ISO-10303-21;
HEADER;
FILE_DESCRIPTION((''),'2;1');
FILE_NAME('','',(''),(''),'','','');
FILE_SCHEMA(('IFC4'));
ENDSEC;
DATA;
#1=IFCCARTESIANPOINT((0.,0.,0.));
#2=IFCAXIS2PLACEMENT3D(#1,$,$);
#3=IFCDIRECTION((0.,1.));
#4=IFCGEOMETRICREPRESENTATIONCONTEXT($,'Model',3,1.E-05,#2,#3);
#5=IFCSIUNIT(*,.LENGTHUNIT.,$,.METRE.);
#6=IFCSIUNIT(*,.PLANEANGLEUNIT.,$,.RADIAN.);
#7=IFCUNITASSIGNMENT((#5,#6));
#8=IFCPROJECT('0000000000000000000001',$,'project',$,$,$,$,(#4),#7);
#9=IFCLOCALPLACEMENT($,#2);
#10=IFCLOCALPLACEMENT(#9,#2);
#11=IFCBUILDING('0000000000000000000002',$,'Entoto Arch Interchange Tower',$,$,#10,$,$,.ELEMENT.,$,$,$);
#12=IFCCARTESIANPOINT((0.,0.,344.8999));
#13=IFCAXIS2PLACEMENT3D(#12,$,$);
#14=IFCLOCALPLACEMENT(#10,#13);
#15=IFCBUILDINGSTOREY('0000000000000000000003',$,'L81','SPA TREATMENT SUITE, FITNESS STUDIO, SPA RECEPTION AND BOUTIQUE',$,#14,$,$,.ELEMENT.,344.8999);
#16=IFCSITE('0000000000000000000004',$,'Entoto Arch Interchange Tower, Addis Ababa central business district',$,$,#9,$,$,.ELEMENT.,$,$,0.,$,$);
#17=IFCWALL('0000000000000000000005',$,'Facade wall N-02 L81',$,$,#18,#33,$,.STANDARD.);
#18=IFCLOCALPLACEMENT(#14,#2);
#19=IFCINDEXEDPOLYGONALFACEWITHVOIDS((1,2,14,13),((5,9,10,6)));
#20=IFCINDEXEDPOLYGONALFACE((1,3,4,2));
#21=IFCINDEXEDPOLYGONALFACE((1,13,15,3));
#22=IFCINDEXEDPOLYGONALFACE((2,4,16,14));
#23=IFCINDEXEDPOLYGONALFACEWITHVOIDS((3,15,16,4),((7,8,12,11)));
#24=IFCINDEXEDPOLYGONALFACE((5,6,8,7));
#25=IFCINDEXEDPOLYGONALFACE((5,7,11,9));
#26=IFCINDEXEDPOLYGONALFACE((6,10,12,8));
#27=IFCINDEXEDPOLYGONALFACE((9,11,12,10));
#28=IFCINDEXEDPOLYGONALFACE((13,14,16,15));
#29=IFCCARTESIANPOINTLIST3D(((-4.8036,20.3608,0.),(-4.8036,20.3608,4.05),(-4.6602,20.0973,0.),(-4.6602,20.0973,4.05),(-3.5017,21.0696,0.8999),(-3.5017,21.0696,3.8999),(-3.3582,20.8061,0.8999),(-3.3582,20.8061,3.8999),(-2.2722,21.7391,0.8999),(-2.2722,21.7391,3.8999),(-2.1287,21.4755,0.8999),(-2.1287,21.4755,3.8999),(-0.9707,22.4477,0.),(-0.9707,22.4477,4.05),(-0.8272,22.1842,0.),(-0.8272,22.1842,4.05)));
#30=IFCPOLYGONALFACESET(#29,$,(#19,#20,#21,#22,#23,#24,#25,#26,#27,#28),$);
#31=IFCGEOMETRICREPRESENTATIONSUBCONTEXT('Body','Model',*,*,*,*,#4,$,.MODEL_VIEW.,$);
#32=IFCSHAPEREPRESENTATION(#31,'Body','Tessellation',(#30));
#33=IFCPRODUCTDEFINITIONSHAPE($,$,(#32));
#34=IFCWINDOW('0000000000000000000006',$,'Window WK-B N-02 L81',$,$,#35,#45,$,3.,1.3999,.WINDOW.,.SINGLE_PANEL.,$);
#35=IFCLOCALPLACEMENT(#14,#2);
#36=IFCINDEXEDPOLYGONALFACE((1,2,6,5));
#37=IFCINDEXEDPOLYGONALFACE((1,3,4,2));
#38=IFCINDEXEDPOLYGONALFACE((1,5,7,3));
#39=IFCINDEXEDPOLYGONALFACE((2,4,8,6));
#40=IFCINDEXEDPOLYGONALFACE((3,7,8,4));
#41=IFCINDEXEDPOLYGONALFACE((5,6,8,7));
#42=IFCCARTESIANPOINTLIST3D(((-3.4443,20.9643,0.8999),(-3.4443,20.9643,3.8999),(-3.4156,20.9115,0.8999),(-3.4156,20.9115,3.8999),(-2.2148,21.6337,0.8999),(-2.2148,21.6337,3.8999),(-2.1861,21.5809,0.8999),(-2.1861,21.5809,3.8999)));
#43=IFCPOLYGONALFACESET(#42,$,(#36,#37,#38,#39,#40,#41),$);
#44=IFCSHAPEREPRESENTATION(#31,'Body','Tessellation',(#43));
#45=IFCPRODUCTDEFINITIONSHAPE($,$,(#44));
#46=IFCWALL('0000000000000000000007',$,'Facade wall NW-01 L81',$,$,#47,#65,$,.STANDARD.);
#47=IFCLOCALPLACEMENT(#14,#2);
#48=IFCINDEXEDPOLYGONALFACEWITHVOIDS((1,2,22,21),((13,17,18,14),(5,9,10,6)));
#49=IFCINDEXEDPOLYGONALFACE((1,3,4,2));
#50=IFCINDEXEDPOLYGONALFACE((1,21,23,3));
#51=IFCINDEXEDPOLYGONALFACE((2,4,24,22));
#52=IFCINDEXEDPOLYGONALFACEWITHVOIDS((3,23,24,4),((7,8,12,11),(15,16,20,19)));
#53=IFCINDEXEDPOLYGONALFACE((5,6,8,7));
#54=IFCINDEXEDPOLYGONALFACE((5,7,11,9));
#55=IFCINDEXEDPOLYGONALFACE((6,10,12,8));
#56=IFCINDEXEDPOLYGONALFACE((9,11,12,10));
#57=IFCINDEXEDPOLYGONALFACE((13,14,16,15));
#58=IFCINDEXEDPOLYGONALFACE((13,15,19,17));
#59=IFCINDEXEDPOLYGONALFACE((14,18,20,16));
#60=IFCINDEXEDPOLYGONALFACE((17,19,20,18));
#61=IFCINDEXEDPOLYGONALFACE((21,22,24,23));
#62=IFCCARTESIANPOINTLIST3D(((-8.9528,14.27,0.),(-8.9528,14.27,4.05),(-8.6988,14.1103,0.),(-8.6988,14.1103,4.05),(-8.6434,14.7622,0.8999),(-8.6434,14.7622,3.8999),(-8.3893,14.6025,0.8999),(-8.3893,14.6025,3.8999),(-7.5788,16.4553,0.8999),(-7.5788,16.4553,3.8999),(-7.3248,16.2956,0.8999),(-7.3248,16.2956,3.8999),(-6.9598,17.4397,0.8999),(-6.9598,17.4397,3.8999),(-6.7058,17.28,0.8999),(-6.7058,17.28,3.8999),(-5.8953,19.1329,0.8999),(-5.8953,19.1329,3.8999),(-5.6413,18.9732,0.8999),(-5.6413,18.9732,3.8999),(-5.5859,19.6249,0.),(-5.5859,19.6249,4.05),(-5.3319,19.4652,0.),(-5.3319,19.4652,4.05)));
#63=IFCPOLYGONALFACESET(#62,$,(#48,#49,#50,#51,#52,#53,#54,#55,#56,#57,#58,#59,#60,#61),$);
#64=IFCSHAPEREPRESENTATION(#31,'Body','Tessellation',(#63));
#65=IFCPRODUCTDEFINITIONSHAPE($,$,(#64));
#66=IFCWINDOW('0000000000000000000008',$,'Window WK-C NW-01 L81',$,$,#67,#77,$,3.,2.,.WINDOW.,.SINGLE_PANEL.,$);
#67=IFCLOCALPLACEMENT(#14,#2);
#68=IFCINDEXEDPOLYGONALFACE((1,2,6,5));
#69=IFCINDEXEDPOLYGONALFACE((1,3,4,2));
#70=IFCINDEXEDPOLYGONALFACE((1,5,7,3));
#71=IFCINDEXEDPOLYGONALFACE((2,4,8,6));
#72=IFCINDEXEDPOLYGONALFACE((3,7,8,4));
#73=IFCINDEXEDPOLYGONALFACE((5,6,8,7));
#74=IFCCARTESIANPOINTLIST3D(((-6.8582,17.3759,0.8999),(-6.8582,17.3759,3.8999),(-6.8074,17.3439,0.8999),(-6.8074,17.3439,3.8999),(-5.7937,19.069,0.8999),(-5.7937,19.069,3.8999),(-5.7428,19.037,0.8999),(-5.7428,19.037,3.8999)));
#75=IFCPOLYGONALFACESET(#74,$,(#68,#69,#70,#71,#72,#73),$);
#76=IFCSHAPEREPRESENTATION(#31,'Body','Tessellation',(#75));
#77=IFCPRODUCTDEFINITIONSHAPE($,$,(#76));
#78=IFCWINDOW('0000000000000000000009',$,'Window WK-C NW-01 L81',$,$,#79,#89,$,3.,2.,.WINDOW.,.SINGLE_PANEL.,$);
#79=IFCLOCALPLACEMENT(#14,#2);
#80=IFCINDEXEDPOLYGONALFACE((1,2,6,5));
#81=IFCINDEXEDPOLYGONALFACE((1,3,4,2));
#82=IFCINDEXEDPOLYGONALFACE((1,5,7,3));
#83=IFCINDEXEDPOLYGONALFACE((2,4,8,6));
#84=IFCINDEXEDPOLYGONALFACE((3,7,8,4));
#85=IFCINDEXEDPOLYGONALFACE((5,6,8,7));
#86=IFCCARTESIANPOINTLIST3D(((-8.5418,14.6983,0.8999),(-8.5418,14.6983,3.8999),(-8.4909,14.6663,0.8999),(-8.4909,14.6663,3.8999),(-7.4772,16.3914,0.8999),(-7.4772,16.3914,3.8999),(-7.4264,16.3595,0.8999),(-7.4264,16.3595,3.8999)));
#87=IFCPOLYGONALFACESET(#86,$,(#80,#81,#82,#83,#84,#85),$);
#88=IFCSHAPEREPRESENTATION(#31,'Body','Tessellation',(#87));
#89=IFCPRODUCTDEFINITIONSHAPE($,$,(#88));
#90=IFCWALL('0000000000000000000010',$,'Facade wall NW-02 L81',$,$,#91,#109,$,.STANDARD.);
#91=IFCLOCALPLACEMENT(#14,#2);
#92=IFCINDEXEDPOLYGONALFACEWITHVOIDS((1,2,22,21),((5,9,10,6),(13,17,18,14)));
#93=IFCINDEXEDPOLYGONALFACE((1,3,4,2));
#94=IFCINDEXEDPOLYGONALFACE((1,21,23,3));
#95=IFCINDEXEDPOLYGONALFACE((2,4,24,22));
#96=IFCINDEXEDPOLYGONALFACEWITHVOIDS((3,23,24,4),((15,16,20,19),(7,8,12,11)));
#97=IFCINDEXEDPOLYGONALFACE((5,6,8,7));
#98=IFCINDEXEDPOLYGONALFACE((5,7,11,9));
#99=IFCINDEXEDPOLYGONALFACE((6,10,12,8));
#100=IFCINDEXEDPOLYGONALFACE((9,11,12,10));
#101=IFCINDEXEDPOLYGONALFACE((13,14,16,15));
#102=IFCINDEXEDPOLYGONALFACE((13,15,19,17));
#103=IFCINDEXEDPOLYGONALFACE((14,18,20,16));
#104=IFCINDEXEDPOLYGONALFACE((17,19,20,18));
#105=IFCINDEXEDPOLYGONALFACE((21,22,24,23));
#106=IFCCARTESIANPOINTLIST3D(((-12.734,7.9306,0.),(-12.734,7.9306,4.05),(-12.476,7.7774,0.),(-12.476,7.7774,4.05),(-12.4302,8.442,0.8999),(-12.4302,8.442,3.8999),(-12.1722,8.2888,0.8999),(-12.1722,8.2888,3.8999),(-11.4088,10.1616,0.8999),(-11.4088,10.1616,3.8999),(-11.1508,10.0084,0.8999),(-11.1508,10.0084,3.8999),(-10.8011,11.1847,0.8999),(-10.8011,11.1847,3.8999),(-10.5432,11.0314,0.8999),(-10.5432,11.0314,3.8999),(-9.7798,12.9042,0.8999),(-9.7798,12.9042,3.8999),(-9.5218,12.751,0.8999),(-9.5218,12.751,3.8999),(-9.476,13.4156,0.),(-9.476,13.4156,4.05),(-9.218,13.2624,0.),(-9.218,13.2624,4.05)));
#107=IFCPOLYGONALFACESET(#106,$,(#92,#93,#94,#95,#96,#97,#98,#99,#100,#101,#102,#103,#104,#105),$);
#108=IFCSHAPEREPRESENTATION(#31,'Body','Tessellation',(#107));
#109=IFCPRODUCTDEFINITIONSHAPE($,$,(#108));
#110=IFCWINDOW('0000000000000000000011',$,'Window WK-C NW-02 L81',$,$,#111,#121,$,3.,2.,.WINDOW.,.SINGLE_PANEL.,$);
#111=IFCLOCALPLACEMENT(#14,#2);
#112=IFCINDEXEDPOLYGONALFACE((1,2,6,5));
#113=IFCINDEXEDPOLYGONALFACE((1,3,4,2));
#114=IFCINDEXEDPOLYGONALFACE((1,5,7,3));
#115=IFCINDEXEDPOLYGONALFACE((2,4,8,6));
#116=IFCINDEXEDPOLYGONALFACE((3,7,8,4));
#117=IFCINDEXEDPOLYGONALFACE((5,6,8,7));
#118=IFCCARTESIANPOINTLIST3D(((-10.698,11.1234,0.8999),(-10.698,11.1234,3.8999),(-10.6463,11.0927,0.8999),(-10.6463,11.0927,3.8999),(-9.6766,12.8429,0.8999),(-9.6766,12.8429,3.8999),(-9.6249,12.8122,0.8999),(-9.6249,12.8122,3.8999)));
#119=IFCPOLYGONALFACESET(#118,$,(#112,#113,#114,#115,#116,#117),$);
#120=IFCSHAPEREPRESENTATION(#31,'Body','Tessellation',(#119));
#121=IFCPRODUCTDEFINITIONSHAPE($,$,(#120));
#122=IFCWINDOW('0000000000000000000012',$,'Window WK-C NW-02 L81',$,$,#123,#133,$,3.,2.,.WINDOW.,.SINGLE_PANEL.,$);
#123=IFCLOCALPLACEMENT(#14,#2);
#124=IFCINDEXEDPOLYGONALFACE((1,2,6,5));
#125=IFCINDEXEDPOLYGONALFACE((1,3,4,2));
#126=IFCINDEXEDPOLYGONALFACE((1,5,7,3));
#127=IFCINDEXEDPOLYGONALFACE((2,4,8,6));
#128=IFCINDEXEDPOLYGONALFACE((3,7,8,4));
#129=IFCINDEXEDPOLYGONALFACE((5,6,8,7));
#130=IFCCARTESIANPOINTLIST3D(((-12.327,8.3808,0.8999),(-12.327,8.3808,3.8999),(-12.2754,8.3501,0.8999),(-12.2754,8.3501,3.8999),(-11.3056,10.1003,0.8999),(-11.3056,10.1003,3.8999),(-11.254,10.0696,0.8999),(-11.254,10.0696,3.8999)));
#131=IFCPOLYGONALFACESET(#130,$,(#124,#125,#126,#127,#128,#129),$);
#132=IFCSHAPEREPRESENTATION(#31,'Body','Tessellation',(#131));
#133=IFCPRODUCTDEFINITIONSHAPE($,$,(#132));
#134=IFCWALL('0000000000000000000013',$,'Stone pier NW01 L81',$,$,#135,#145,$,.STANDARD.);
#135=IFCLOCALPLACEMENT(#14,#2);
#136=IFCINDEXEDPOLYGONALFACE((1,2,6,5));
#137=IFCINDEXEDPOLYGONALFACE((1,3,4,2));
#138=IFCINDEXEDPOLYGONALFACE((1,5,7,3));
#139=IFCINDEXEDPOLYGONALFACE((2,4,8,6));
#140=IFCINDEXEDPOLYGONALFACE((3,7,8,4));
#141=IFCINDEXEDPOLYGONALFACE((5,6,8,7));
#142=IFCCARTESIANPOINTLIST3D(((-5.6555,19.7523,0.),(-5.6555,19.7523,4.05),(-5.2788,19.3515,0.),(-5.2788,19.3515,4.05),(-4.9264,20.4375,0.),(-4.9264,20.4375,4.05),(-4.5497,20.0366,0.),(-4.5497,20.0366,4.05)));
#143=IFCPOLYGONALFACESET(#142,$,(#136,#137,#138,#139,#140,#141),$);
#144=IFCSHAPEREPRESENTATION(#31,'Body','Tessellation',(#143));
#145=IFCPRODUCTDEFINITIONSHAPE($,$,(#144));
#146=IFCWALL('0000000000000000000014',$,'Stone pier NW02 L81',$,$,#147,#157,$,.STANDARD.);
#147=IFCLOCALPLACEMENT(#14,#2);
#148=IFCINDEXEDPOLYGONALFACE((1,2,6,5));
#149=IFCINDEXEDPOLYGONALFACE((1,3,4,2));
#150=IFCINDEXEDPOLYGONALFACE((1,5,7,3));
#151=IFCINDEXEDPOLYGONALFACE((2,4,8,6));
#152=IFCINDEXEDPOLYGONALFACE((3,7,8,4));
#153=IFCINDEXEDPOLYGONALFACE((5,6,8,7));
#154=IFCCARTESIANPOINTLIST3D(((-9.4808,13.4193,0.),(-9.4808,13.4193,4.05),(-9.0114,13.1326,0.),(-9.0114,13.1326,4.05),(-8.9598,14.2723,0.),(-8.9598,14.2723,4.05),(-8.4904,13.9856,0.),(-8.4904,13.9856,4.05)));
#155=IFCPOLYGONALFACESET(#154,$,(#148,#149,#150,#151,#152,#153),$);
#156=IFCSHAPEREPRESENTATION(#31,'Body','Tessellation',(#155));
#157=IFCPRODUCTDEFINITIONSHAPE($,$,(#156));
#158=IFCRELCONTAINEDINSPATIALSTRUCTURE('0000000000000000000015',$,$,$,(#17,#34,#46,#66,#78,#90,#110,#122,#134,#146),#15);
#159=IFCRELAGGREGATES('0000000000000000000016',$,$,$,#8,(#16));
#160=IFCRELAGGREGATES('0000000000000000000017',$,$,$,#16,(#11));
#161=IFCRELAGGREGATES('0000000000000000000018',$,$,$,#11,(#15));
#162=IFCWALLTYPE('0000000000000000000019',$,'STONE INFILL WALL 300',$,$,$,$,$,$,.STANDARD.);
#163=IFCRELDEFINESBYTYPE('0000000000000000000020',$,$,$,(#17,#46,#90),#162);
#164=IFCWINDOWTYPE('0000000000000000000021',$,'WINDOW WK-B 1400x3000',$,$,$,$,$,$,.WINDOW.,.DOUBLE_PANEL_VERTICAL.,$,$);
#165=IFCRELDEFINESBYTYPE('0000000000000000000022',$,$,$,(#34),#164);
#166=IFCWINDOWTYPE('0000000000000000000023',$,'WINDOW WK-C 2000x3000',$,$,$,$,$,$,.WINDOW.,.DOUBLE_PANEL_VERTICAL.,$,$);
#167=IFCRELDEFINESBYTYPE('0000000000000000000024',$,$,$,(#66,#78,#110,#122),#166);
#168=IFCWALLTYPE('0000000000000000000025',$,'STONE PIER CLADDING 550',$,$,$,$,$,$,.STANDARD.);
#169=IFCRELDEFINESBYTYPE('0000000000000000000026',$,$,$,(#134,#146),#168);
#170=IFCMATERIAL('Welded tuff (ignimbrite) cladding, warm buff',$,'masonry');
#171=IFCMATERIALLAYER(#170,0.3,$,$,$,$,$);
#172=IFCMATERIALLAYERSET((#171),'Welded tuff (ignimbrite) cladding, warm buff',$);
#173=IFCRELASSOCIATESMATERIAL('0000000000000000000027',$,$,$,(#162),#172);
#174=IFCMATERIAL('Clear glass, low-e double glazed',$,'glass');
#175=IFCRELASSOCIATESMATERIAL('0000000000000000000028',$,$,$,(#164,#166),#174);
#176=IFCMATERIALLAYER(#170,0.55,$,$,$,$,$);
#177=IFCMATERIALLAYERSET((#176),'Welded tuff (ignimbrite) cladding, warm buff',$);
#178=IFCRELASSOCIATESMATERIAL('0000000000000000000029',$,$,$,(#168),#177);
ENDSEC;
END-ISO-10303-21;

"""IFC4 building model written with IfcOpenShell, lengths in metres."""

from ifc_helpers import new_model, si_unit, direction, frame, frame_2d, origin, place, context, subcontext, project, spatial, rectangle, extrude, material, layer, layer_set, type_object, element, fill, save


model = new_model("IFC4")

# Units and contexts
model_context = context("Model", 3, precision=1e-05, world=origin(), true_north=direction((0.0, 1.0)))
body_context = subcontext(model_context, "Body", "Model", "MODEL_VIEW")
ifc_project = project(units=[si_unit("LENGTHUNIT", "METRE"), si_unit("PLANEANGLEUNIT", "RADIAN")], contexts=[model_context])

# Site, building, storey
site_placement = place(None, origin())
site = spatial("IfcSite", under=ifc_project, at=site_placement, Name="Entoto Arch Interchange Tower, Addis Ababa central business district", CompositionType="ELEMENT", RefElevation=0.0)
building_placement = place(site_placement, origin())
building = spatial("IfcBuilding", under=site, at=building_placement, Name="Entoto Arch Interchange Tower", CompositionType="ELEMENT")
storey_placement = place(building_placement, frame((0.0, 0.0, 344.8999)))
storey = spatial("IfcBuildingStorey", under=building, at=storey_placement, Name="L81", Description="SPA TREATMENT SUITE, FITNESS STUDIO, SPA RECEPTION AND BOUTIQUE", CompositionType="ELEMENT", Elevation=344.8999)

# Wall, opening, window
ifc_material_1 = material(Name="Welded tuff (ignimbrite) cladding, warm buff", Category="masonry")
ifc_layer_1 = layer(ifc_material_1, 0.3)
ifc_layer_set_1 = layer_set([ifc_layer_1], Name="Welded tuff (ignimbrite) cladding, warm buff")
wall_type_1 = type_object("IfcWallType", Name="STONE INFILL WALL 300", PredefinedType="STANDARD", material=ifc_layer_set_1)
wall_1_placement = place(storey_placement, frame((-0.8989, 22.3159, 0.0), z_axis=(0.0, 0.0, 1.0), x_axis=(-0.878263, -0.478178, 0.0)))
wall_1 = element("IfcWall", 1, at=wall_1_placement, inside=storey, type_object=wall_type_1, Name="Facade wall N-02 L81", PredefinedType="STANDARD", context=body_context, shape_type="SweptSolid", body=[
    extrude(rectangle(XDim=4.3643, YDim=0.3, at=frame_2d((2.1821, 0.0))), origin(), (0.0, 0.0, 1.0), 4.05),
])
opening_1_placement = place(wall_1_placement, frame((1.4819, 0.0, 0.8999)))
opening_1 = element("IfcOpeningElement", 2, at=opening_1_placement, cuts=wall_1, PredefinedType="OPENING", context=body_context, shape_type="SweptSolid", body=[
    extrude(rectangle(XDim=1.3999, YDim=3.0, at=frame_2d((0.7, 1.5))), frame((0.0, 0.1602, 0.0), z_axis=(0.0, -1.0, 0.0), x_axis=(1.0, 0.0, 0.0)), (0.0, 0.0, 1.0), 0.3201),
])
ifc_material_2 = material(Name="Clear glass, low-e double glazed", Category="glass")
window_type_1 = type_object("IfcWindowType", Name="WINDOW WK-B 1400x3000", PartitioningType="DOUBLE_PANEL_VERTICAL", PredefinedType="WINDOW", material=ifc_material_2)
window_1_placement = place(opening_1_placement, origin())
window_1 = element("IfcWindow", 3, at=window_1_placement, inside=storey, type_object=window_type_1, Name="Window WK-B N-02 L81", OverallHeight=3.0, OverallWidth=1.3999, PartitioningType="SINGLE_PANEL", PredefinedType="WINDOW", context=body_context, shape_type="SweptSolid", body=[
    extrude(rectangle(XDim=1.3999, YDim=3.0, at=frame_2d((0.7, 1.5))), frame((0.0, 0.03, 0.0), z_axis=(0.0, -1.0, 0.0), x_axis=(1.0, 0.0, 0.0)), (0.0, 0.0, 1.0), 0.0601),
])
fill(opening_1, window_1)

# Walls, openings, windows
wall_2_placement = place(storey_placement, frame((-5.459, 19.5449, 0.0), z_axis=(0.0, 0.0, 1.0), x_axis=(-0.53228, -0.846568, 0.0)))
wall_2 = element("IfcWall", 4, at=wall_2_placement, inside=storey, type_object=wall_type_1, Name="Facade wall NW-01 L81", PredefinedType="STANDARD", context=body_context, shape_type="SweptSolid", body=[
    extrude(rectangle(XDim=6.3254, YDim=0.3, at=frame_2d((3.1626, 0.0))), origin(), (0.0, 0.0, 1.0), 4.05),
])
opening_2_placement = place(wall_2_placement, frame((0.5811, 0.0, 0.8999)))
opening_2 = element("IfcOpeningElement", 5, at=opening_2_placement, cuts=wall_2, PredefinedType="OPENING", context=body_context, shape_type="SweptSolid", body=[
    extrude(rectangle(XDim=2.0, YDim=3.0, at=frame_2d((1.0, 1.5))), frame((0.0, 0.1602, 0.0), z_axis=(0.0, -1.0, 0.0), x_axis=(1.0, 0.0, 0.0)), (0.0, 0.0, 1.0), 0.3201),
])
opening_3_placement = place(wall_2_placement, frame((3.7439, 0.0, 0.8999)))
opening_3 = element("IfcOpeningElement", 6, at=opening_3_placement, cuts=wall_2, PredefinedType="OPENING", context=body_context, shape_type="SweptSolid", body=[
    extrude(rectangle(XDim=2.0, YDim=3.0, at=frame_2d((1.0, 1.5))), frame((0.0, 0.1602, 0.0), z_axis=(0.0, -1.0, 0.0), x_axis=(1.0, 0.0, 0.0)), (0.0, 0.0, 1.0), 0.3201),
])
window_type_2 = type_object("IfcWindowType", Name="WINDOW WK-C 2000x3000", PartitioningType="DOUBLE_PANEL_VERTICAL", PredefinedType="WINDOW", material=ifc_material_2)
window_2_placement = place(opening_2_placement, origin())
window_2 = element("IfcWindow", 7, at=window_2_placement, inside=storey, type_object=window_type_2, Name="Window WK-C NW-01 L81", OverallHeight=3.0, OverallWidth=2.0, PartitioningType="SINGLE_PANEL", PredefinedType="WINDOW", context=body_context, shape_type="SweptSolid", body=[
    extrude(rectangle(XDim=2.0, YDim=3.0, at=frame_2d((1.0, 1.5))), frame((0.0, 0.03, 0.0), z_axis=(0.0, -1.0, 0.0), x_axis=(1.0, 0.0, 0.0)), (0.0, 0.0, 1.0), 0.0601),
])
fill(opening_2, window_2)
window_3_placement = place(opening_3_placement, origin())
window_3 = element("IfcWindow", 8, at=window_3_placement, inside=storey, type_object=window_type_2, Name="Window WK-C NW-01 L81", OverallHeight=3.0, OverallWidth=2.0, PartitioningType="SINGLE_PANEL", PredefinedType="WINDOW", context=body_context, shape_type="SweptSolid", body=[
    extrude(rectangle(XDim=2.0, YDim=3.0, at=frame_2d((1.0, 1.5))), frame((0.0, 0.03, 0.0), z_axis=(0.0, -1.0, 0.0), x_axis=(1.0, 0.0, 0.0)), (0.0, 0.0, 1.0), 0.0601),
])
fill(opening_3, window_3)
wall_3_placement = place(storey_placement, frame((-9.3469, 13.3391, 0.0), z_axis=(0.0, 0.0, 1.0), x_axis=(-0.510686, -0.859767, 0.0)))
wall_3 = element("IfcWall", 9, at=wall_3_placement, inside=storey, type_object=wall_type_1, Name="Facade wall NW-02 L81", PredefinedType="STANDARD", context=body_context, shape_type="SweptSolid", body=[
    extrude(rectangle(XDim=6.3796, YDim=0.3, at=frame_2d((3.1899, 0.0))), origin(), (0.0, 0.0, 1.0), 4.05),
])
opening_4_placement = place(wall_3_placement, frame((0.595, 0.0, 0.8999)))
opening_4 = element("IfcOpeningElement", 10, at=opening_4_placement, cuts=wall_3, PredefinedType="OPENING", context=body_context, shape_type="SweptSolid", body=[
    extrude(rectangle(XDim=2.0, YDim=3.0, at=frame_2d((1.0, 1.5))), frame((0.0, 0.1602, 0.0), z_axis=(0.0, -1.0, 0.0), x_axis=(1.0, 0.0, 0.0)), (0.0, 0.0, 1.0), 0.3201),
])
opening_5_placement = place(wall_3_placement, frame((3.7849, 0.0, 0.8999)))
opening_5 = element("IfcOpeningElement", 11, at=opening_5_placement, cuts=wall_3, PredefinedType="OPENING", context=body_context, shape_type="SweptSolid", body=[
    extrude(rectangle(XDim=2.0, YDim=3.0, at=frame_2d((1.0, 1.5))), frame((0.0, 0.1602, 0.0), z_axis=(0.0, -1.0, 0.0), x_axis=(1.0, 0.0, 0.0)), (0.0, 0.0, 1.0), 0.3201),
])
window_4_placement = place(opening_4_placement, origin())
window_4 = element("IfcWindow", 12, at=window_4_placement, inside=storey, type_object=window_type_2, Name="Window WK-C NW-02 L81", OverallHeight=3.0, OverallWidth=2.0, PartitioningType="SINGLE_PANEL", PredefinedType="WINDOW", context=body_context, shape_type="SweptSolid", body=[
    extrude(rectangle(XDim=2.0, YDim=3.0, at=frame_2d((1.0, 1.5))), frame((0.0, 0.03, 0.0), z_axis=(0.0, -1.0, 0.0), x_axis=(1.0, 0.0, 0.0)), (0.0, 0.0, 1.0), 0.0601),
])
fill(opening_4, window_4)
window_5_placement = place(opening_5_placement, origin())
window_5 = element("IfcWindow", 13, at=window_5_placement, inside=storey, type_object=window_type_2, Name="Window WK-C NW-02 L81", OverallHeight=3.0, OverallWidth=2.0, PartitioningType="SINGLE_PANEL", PredefinedType="WINDOW", context=body_context, shape_type="SweptSolid", body=[
    extrude(rectangle(XDim=2.0, YDim=3.0, at=frame_2d((1.0, 1.5))), frame((0.0, 0.03, 0.0), z_axis=(0.0, -1.0, 0.0), x_axis=(1.0, 0.0, 0.0)), (0.0, 0.0, 1.0), 0.0601),
])
fill(opening_5, window_5)

# Walls
ifc_layer_2 = layer(ifc_material_1, 0.55)
ifc_layer_set_2 = layer_set([ifc_layer_2], Name="Welded tuff (ignimbrite) cladding, warm buff")
wall_type_2 = type_object("IfcWallType", Name="STONE PIER CLADDING 550", PredefinedType="STANDARD", material=ifc_layer_set_2)
wall_4_placement = place(storey_placement, frame((-4.738, 20.2371, 0.0), z_axis=(0.0, 0.0, 1.0), x_axis=(-0.72873, -0.684801, 0.0)))
element("IfcWall", 14, at=wall_4_placement, inside=storey, type_object=wall_type_2, Name="Stone pier NW01 L81", PredefinedType="STANDARD", context=body_context, shape_type="SweptSolid", body=[
    extrude(rectangle(XDim=1.0005, YDim=0.55, at=frame_2d((0.5002, 0.0))), origin(), (0.0, 0.0, 1.0), 4.05),
])
wall_5_placement = place(storey_placement, frame((-8.7251, 14.1289, 0.0), z_axis=(0.0, 0.0, 1.0), x_axis=(-0.521233, -0.853415, 0.0)))
element("IfcWall", 15, at=wall_5_placement, inside=storey, type_object=wall_type_2, Name="Stone pier NW02 L81", PredefinedType="STANDARD", context=body_context, shape_type="SweptSolid", body=[
    extrude(rectangle(XDim=0.9995, YDim=0.55, at=frame_2d((0.4998, 0.0))), origin(), (0.0, 0.0, 1.0), 4.05),
])

save(model, "model.ifc")
